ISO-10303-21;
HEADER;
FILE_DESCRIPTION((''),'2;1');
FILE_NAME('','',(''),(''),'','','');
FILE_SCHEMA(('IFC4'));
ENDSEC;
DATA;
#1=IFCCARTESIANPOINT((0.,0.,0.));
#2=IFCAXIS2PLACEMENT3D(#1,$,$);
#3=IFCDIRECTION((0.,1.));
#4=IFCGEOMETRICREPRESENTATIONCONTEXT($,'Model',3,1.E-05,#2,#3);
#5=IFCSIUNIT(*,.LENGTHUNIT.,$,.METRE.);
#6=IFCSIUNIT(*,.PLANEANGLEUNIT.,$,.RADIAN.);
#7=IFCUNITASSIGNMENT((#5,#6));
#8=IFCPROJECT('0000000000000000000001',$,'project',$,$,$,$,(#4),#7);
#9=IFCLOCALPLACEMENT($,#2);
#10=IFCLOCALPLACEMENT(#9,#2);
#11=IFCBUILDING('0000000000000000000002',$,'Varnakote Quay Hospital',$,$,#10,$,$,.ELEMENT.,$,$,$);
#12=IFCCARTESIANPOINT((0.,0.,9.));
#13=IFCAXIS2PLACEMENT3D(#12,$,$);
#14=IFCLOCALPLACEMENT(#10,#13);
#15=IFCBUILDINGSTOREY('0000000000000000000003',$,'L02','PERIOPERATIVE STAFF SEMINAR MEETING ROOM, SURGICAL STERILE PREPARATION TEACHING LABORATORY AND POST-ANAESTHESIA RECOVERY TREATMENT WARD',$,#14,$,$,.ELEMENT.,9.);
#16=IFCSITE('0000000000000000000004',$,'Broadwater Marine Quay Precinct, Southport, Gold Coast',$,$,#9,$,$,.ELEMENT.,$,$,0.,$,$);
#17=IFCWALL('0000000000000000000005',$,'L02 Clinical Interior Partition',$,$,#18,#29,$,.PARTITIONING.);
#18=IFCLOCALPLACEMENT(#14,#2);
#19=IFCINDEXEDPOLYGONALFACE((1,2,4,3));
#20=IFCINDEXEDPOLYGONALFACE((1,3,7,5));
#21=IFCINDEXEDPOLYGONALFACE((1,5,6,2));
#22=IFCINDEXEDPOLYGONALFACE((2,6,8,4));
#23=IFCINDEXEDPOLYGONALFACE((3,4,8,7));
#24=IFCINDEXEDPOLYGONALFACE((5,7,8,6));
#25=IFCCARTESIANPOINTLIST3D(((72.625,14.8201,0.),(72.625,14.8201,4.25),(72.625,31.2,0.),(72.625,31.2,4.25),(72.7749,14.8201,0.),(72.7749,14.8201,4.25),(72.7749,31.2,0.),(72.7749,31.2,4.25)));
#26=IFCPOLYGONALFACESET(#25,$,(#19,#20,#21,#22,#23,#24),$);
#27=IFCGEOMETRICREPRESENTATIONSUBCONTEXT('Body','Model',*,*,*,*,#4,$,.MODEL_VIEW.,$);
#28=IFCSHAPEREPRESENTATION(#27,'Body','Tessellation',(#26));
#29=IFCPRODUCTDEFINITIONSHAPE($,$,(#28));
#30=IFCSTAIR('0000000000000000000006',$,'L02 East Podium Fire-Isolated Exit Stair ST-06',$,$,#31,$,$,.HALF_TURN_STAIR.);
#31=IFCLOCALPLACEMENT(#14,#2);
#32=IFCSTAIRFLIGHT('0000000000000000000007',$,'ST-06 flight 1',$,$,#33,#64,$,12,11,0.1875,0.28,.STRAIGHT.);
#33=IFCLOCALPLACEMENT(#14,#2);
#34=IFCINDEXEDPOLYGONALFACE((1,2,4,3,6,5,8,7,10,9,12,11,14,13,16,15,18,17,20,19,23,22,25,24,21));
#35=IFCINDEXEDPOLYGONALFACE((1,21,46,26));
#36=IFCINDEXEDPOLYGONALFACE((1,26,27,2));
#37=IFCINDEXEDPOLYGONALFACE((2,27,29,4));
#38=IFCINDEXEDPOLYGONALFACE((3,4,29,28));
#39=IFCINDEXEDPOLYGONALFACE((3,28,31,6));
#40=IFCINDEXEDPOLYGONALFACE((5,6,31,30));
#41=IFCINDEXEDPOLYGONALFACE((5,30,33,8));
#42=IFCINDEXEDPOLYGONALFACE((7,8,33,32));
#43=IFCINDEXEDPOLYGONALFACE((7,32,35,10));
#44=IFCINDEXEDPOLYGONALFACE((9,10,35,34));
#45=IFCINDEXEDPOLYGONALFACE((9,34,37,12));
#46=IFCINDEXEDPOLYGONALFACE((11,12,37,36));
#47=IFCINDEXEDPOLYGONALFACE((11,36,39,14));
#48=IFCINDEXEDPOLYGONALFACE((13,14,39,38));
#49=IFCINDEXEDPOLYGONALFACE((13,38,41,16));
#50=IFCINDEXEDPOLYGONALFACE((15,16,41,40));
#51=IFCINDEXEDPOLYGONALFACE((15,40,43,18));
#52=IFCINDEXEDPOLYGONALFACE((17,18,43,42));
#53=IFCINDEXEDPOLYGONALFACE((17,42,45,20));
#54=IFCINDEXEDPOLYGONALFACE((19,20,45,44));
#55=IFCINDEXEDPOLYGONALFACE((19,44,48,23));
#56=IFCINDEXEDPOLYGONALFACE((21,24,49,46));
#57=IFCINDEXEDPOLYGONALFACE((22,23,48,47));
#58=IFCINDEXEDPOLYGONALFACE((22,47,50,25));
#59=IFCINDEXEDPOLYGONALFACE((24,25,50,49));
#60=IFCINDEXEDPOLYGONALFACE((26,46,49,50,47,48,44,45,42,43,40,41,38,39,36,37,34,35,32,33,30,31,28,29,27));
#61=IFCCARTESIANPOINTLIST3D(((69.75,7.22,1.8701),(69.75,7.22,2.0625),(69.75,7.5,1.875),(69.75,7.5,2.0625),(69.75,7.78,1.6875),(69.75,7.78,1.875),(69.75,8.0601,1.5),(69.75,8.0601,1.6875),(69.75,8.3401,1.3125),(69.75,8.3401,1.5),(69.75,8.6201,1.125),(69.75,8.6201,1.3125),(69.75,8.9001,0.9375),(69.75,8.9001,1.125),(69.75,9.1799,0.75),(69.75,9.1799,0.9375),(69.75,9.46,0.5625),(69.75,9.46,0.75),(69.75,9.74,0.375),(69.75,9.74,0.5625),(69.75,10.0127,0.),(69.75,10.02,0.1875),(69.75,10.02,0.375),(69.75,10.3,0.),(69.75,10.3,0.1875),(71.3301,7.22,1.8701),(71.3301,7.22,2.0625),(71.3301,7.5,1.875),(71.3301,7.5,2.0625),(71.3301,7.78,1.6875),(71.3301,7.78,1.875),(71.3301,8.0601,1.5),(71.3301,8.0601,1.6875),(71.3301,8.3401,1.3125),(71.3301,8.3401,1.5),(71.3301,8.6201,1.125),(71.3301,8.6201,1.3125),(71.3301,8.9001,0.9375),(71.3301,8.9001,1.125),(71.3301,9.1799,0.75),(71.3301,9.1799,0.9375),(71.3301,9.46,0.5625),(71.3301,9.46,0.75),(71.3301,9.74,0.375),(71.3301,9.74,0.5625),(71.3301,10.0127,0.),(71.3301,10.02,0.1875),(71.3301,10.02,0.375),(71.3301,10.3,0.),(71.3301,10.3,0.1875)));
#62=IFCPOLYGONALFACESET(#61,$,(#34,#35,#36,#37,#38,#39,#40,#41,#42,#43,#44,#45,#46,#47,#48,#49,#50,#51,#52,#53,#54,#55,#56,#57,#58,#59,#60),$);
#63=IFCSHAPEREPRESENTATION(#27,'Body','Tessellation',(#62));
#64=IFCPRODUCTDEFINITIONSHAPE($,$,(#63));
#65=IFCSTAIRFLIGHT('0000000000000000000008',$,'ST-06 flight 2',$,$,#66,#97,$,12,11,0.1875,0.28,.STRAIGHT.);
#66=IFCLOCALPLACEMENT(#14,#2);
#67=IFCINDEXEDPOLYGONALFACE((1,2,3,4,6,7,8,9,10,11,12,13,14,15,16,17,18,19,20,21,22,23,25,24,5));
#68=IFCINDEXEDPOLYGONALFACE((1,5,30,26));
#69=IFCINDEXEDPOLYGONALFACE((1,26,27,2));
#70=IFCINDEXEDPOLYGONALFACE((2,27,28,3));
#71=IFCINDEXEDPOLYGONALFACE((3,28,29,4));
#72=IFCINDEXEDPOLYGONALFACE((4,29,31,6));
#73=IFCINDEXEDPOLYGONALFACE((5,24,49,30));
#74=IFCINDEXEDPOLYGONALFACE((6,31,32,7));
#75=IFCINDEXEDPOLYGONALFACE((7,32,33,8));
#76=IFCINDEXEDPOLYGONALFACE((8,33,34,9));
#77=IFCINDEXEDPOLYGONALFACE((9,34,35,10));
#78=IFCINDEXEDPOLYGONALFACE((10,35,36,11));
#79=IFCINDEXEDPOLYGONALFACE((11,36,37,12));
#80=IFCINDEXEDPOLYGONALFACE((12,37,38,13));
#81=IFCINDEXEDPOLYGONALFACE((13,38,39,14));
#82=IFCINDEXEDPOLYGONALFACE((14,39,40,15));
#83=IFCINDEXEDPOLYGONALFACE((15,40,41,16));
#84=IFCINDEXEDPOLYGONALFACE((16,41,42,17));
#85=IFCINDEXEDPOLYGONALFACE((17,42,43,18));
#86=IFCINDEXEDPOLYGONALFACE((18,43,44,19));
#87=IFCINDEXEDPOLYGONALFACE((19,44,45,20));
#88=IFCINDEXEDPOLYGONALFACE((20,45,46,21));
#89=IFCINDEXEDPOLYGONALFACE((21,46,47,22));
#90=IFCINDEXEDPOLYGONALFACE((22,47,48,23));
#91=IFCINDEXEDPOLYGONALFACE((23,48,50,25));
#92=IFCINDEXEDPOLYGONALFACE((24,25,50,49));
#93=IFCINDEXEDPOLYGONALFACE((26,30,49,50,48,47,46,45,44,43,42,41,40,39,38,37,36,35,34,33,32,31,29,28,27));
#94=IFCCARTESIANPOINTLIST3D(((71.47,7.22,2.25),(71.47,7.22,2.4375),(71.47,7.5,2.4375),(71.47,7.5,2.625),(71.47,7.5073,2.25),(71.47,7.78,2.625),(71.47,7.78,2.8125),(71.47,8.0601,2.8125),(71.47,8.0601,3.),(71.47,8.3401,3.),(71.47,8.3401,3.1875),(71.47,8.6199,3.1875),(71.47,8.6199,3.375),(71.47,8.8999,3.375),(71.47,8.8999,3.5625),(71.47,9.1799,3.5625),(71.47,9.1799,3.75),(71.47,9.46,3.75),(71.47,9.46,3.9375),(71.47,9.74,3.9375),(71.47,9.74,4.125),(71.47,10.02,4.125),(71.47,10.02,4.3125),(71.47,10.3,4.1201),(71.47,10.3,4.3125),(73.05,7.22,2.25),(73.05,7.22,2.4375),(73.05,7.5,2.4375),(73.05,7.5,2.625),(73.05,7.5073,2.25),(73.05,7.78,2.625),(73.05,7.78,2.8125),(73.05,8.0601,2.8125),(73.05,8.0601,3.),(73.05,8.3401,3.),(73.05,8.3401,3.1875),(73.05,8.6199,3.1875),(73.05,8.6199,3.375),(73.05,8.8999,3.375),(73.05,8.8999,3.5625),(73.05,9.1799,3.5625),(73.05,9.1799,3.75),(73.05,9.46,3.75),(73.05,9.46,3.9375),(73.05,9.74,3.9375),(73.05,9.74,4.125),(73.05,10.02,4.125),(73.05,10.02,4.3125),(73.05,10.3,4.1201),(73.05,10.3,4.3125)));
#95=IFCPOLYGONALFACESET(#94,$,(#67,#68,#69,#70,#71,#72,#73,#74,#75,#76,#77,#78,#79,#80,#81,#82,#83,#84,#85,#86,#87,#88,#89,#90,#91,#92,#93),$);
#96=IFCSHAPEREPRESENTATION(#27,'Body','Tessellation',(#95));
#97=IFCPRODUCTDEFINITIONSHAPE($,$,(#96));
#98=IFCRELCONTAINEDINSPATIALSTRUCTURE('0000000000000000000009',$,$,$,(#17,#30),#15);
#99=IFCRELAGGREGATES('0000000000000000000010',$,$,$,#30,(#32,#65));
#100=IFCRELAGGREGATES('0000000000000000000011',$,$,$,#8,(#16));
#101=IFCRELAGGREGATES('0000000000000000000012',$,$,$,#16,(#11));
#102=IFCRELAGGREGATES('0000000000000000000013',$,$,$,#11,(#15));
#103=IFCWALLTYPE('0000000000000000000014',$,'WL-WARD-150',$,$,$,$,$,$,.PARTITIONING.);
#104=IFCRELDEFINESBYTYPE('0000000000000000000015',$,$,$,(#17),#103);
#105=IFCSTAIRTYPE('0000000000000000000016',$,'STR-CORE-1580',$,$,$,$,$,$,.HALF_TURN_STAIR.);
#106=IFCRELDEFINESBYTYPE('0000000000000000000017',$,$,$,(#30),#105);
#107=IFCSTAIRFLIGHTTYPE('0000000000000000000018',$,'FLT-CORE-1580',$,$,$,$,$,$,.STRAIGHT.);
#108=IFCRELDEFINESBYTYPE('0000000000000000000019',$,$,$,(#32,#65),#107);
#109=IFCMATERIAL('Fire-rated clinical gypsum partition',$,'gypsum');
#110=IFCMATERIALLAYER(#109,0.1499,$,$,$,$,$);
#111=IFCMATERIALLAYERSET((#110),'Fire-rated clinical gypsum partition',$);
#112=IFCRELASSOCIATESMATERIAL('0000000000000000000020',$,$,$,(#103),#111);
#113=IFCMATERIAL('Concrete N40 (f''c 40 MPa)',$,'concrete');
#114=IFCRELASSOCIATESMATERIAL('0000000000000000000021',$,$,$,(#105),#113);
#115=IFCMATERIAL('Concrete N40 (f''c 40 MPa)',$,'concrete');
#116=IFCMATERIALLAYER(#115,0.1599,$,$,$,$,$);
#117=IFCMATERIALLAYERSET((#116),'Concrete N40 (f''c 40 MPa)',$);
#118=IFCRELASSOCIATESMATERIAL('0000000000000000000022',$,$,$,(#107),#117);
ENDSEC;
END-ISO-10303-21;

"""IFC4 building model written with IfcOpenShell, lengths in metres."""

from ifc_helpers import new_model, si_unit, direction, frame, frame_2d, origin, place, context, subcontext, project, spatial, polyline, rectangle, outline, extrude, material, layer, layer_set, type_object, element, aggregate, save


model = new_model("IFC4")

# Units and contexts
model_context = context("Model", 3, precision=1e-05, world=origin(), true_north=direction((0.0, 1.0)))
body_context = subcontext(model_context, "Body", "Model", "MODEL_VIEW")
ifc_project = project(units=[si_unit("LENGTHUNIT", "METRE"), si_unit("PLANEANGLEUNIT", "RADIAN")], contexts=[model_context])

# Site, building, storey
site_placement = place(None, origin())
site = spatial("IfcSite", under=ifc_project, at=site_placement, Name="Broadwater Marine Quay Precinct, Southport, Gold Coast", CompositionType="ELEMENT", RefElevation=0.0)
building_placement = place(site_placement, origin())
building = spatial("IfcBuilding", under=site, at=building_placement, Name="Varnakote Quay Hospital", CompositionType="ELEMENT")
storey_placement = place(building_placement, frame((0.0, 0.0, 9.0)))
storey = spatial("IfcBuildingStorey", under=building, at=storey_placement, Name="L02", Description="PERIOPERATIVE STAFF SEMINAR MEETING ROOM, SURGICAL STERILE PREPARATION TEACHING LABORATORY AND POST-ANAESTHESIA RECOVERY TREATMENT WARD", CompositionType="ELEMENT", Elevation=9.0)

# Shared definitions
ifc_material_1 = material(Name="Fire-rated clinical gypsum partition", Category="gypsum")
ifc_layer_1 = layer(ifc_material_1, 0.1499)
ifc_layer_set_1 = layer_set([ifc_layer_1], Name="Fire-rated clinical gypsum partition")
wall_type_1 = type_object("IfcWallType", Name="WL-WARD-150", PredefinedType="PARTITIONING", material=ifc_layer_set_1)

# Wall
wall_1_placement = place(storey_placement, frame((72.7, 14.8201, 0.0), z_axis=(0.0, 0.0, 1.0), x_axis=(0.0, 1.0, 0.0)))
element("IfcWall", 1, at=wall_1_placement, inside=storey, type_object=wall_type_1, Name="L02 Clinical Interior Partition", PredefinedType="PARTITIONING", context=body_context, shape_type="SweptSolid", body=[
    extrude(rectangle(XDim=16.3799, YDim=0.1499, at=frame_2d((8.1899, 0.0))), origin(), (0.0, 0.0, 1.0), 4.25),
])

# Stair, stair flights
ifc_material_2 = material(Name="Concrete N40 (f'c 40 MPa)", Category="concrete")
stair_type = type_object("IfcStairType", Name="STR-CORE-1580", PredefinedType="HALF_TURN_STAIR", material=ifc_material_2)
stair_placement = place(storey_placement, origin())
stair = element("IfcStair", 2, at=stair_placement, inside=storey, type_object=stair_type, Name="L02 East Podium Fire-Isolated Exit Stair ST-06", PredefinedType="HALF_TURN_STAIR")
ifc_material_3 = material(Name="Concrete N40 (f'c 40 MPa)", Category="concrete")
ifc_layer_2 = layer(ifc_material_3, 0.1599)
ifc_layer_set_2 = layer_set([ifc_layer_2], Name="Concrete N40 (f'c 40 MPa)")
stair_flight_type = type_object("IfcStairFlightType", Name="FLT-CORE-1580", PredefinedType="STRAIGHT", material=ifc_layer_set_2)
stair_flight_1_placement = place(storey_placement, frame((70.54, 10.3, 0.0), z_axis=(0.0, 0.0, 1.0), x_axis=(0.0, -1.0, 0.0)))
stair_flight_1 = element("IfcStairFlight", 3, at=stair_flight_1_placement, type_object=stair_flight_type, Name="ST-06 flight 1", NumberOfRisers=12, NumberOfTreads=11, PredefinedType="STRAIGHT", RiserHeight=0.1875, TreadLength=0.28, context=body_context, shape_type="SweptSolid", body=[
    extrude(outline(polyline([(0.0, 0.0), (0.0, 0.1875), (0.28, 0.1875), (0.28, 0.375), (0.5601, 0.375), (0.5601, 0.5625), (0.8401, 0.5625), (0.8401, 0.75), (1.1201, 0.75), (1.1201, 0.9375), (1.3999, 0.9375), (1.3999, 1.125), (1.6799, 1.125), (1.6799, 1.3125), (1.96, 1.3125), (1.96, 1.5), (2.24, 1.5), (2.24, 1.6875), (2.52, 1.6875), (2.52, 1.875), (2.8, 1.875), (2.8, 2.0625), (3.0801, 2.0625), (3.0801, 2.25), (3.0801, 1.8701), (0.2874, 0.0), (0.0, 0.0)])), frame((0.0, 0.79, 0.0), z_axis=(0.0, -1.0, 0.0), x_axis=(1.0, 0.0, 0.0)), (0.0, 0.0, 1.0), 1.5801),
])
stair_flight_2_placement = place(storey_placement, frame((72.26, 7.22, 2.25), z_axis=(0.0, 0.0, 1.0), x_axis=(0.0, 1.0, 0.0)))
stair_flight_2 = element("IfcStairFlight", 4, at=stair_flight_2_placement, type_object=stair_flight_type, Name="ST-06 flight 2", NumberOfRisers=12, NumberOfTreads=11, PredefinedType="STRAIGHT", RiserHeight=0.1875, TreadLength=0.28, context=body_context, shape_type="SweptSolid", body=[
    extrude(outline(polyline([(0.0, 0.0), (0.0, 0.1875), (0.28, 0.1875), (0.28, 0.375), (0.5601, 0.375), (0.5601, 0.5625), (0.8401, 0.5625), (0.8401, 0.75), (1.1201, 0.75), (1.1201, 0.9375), (1.3999, 0.9375), (1.3999, 1.125), (1.6799, 1.125), (1.6799, 1.3125), (1.96, 1.3125), (1.96, 1.5), (2.24, 1.5), (2.24, 1.6875), (2.52, 1.6875), (2.52, 1.875), (2.8, 1.875), (2.8, 2.0625), (3.0801, 2.0625), (3.0801, 2.25), (3.0801, 1.8701), (0.2874, 0.0), (0.0, 0.0)])), frame((0.0, 0.79, 0.0), z_axis=(0.0, -1.0, 0.0), x_axis=(1.0, 0.0, 0.0)), (0.0, 0.0, 1.0), 1.5801),
])
aggregate(stair, [stair_flight_1, stair_flight_2])

save(model, "model.ifc")
